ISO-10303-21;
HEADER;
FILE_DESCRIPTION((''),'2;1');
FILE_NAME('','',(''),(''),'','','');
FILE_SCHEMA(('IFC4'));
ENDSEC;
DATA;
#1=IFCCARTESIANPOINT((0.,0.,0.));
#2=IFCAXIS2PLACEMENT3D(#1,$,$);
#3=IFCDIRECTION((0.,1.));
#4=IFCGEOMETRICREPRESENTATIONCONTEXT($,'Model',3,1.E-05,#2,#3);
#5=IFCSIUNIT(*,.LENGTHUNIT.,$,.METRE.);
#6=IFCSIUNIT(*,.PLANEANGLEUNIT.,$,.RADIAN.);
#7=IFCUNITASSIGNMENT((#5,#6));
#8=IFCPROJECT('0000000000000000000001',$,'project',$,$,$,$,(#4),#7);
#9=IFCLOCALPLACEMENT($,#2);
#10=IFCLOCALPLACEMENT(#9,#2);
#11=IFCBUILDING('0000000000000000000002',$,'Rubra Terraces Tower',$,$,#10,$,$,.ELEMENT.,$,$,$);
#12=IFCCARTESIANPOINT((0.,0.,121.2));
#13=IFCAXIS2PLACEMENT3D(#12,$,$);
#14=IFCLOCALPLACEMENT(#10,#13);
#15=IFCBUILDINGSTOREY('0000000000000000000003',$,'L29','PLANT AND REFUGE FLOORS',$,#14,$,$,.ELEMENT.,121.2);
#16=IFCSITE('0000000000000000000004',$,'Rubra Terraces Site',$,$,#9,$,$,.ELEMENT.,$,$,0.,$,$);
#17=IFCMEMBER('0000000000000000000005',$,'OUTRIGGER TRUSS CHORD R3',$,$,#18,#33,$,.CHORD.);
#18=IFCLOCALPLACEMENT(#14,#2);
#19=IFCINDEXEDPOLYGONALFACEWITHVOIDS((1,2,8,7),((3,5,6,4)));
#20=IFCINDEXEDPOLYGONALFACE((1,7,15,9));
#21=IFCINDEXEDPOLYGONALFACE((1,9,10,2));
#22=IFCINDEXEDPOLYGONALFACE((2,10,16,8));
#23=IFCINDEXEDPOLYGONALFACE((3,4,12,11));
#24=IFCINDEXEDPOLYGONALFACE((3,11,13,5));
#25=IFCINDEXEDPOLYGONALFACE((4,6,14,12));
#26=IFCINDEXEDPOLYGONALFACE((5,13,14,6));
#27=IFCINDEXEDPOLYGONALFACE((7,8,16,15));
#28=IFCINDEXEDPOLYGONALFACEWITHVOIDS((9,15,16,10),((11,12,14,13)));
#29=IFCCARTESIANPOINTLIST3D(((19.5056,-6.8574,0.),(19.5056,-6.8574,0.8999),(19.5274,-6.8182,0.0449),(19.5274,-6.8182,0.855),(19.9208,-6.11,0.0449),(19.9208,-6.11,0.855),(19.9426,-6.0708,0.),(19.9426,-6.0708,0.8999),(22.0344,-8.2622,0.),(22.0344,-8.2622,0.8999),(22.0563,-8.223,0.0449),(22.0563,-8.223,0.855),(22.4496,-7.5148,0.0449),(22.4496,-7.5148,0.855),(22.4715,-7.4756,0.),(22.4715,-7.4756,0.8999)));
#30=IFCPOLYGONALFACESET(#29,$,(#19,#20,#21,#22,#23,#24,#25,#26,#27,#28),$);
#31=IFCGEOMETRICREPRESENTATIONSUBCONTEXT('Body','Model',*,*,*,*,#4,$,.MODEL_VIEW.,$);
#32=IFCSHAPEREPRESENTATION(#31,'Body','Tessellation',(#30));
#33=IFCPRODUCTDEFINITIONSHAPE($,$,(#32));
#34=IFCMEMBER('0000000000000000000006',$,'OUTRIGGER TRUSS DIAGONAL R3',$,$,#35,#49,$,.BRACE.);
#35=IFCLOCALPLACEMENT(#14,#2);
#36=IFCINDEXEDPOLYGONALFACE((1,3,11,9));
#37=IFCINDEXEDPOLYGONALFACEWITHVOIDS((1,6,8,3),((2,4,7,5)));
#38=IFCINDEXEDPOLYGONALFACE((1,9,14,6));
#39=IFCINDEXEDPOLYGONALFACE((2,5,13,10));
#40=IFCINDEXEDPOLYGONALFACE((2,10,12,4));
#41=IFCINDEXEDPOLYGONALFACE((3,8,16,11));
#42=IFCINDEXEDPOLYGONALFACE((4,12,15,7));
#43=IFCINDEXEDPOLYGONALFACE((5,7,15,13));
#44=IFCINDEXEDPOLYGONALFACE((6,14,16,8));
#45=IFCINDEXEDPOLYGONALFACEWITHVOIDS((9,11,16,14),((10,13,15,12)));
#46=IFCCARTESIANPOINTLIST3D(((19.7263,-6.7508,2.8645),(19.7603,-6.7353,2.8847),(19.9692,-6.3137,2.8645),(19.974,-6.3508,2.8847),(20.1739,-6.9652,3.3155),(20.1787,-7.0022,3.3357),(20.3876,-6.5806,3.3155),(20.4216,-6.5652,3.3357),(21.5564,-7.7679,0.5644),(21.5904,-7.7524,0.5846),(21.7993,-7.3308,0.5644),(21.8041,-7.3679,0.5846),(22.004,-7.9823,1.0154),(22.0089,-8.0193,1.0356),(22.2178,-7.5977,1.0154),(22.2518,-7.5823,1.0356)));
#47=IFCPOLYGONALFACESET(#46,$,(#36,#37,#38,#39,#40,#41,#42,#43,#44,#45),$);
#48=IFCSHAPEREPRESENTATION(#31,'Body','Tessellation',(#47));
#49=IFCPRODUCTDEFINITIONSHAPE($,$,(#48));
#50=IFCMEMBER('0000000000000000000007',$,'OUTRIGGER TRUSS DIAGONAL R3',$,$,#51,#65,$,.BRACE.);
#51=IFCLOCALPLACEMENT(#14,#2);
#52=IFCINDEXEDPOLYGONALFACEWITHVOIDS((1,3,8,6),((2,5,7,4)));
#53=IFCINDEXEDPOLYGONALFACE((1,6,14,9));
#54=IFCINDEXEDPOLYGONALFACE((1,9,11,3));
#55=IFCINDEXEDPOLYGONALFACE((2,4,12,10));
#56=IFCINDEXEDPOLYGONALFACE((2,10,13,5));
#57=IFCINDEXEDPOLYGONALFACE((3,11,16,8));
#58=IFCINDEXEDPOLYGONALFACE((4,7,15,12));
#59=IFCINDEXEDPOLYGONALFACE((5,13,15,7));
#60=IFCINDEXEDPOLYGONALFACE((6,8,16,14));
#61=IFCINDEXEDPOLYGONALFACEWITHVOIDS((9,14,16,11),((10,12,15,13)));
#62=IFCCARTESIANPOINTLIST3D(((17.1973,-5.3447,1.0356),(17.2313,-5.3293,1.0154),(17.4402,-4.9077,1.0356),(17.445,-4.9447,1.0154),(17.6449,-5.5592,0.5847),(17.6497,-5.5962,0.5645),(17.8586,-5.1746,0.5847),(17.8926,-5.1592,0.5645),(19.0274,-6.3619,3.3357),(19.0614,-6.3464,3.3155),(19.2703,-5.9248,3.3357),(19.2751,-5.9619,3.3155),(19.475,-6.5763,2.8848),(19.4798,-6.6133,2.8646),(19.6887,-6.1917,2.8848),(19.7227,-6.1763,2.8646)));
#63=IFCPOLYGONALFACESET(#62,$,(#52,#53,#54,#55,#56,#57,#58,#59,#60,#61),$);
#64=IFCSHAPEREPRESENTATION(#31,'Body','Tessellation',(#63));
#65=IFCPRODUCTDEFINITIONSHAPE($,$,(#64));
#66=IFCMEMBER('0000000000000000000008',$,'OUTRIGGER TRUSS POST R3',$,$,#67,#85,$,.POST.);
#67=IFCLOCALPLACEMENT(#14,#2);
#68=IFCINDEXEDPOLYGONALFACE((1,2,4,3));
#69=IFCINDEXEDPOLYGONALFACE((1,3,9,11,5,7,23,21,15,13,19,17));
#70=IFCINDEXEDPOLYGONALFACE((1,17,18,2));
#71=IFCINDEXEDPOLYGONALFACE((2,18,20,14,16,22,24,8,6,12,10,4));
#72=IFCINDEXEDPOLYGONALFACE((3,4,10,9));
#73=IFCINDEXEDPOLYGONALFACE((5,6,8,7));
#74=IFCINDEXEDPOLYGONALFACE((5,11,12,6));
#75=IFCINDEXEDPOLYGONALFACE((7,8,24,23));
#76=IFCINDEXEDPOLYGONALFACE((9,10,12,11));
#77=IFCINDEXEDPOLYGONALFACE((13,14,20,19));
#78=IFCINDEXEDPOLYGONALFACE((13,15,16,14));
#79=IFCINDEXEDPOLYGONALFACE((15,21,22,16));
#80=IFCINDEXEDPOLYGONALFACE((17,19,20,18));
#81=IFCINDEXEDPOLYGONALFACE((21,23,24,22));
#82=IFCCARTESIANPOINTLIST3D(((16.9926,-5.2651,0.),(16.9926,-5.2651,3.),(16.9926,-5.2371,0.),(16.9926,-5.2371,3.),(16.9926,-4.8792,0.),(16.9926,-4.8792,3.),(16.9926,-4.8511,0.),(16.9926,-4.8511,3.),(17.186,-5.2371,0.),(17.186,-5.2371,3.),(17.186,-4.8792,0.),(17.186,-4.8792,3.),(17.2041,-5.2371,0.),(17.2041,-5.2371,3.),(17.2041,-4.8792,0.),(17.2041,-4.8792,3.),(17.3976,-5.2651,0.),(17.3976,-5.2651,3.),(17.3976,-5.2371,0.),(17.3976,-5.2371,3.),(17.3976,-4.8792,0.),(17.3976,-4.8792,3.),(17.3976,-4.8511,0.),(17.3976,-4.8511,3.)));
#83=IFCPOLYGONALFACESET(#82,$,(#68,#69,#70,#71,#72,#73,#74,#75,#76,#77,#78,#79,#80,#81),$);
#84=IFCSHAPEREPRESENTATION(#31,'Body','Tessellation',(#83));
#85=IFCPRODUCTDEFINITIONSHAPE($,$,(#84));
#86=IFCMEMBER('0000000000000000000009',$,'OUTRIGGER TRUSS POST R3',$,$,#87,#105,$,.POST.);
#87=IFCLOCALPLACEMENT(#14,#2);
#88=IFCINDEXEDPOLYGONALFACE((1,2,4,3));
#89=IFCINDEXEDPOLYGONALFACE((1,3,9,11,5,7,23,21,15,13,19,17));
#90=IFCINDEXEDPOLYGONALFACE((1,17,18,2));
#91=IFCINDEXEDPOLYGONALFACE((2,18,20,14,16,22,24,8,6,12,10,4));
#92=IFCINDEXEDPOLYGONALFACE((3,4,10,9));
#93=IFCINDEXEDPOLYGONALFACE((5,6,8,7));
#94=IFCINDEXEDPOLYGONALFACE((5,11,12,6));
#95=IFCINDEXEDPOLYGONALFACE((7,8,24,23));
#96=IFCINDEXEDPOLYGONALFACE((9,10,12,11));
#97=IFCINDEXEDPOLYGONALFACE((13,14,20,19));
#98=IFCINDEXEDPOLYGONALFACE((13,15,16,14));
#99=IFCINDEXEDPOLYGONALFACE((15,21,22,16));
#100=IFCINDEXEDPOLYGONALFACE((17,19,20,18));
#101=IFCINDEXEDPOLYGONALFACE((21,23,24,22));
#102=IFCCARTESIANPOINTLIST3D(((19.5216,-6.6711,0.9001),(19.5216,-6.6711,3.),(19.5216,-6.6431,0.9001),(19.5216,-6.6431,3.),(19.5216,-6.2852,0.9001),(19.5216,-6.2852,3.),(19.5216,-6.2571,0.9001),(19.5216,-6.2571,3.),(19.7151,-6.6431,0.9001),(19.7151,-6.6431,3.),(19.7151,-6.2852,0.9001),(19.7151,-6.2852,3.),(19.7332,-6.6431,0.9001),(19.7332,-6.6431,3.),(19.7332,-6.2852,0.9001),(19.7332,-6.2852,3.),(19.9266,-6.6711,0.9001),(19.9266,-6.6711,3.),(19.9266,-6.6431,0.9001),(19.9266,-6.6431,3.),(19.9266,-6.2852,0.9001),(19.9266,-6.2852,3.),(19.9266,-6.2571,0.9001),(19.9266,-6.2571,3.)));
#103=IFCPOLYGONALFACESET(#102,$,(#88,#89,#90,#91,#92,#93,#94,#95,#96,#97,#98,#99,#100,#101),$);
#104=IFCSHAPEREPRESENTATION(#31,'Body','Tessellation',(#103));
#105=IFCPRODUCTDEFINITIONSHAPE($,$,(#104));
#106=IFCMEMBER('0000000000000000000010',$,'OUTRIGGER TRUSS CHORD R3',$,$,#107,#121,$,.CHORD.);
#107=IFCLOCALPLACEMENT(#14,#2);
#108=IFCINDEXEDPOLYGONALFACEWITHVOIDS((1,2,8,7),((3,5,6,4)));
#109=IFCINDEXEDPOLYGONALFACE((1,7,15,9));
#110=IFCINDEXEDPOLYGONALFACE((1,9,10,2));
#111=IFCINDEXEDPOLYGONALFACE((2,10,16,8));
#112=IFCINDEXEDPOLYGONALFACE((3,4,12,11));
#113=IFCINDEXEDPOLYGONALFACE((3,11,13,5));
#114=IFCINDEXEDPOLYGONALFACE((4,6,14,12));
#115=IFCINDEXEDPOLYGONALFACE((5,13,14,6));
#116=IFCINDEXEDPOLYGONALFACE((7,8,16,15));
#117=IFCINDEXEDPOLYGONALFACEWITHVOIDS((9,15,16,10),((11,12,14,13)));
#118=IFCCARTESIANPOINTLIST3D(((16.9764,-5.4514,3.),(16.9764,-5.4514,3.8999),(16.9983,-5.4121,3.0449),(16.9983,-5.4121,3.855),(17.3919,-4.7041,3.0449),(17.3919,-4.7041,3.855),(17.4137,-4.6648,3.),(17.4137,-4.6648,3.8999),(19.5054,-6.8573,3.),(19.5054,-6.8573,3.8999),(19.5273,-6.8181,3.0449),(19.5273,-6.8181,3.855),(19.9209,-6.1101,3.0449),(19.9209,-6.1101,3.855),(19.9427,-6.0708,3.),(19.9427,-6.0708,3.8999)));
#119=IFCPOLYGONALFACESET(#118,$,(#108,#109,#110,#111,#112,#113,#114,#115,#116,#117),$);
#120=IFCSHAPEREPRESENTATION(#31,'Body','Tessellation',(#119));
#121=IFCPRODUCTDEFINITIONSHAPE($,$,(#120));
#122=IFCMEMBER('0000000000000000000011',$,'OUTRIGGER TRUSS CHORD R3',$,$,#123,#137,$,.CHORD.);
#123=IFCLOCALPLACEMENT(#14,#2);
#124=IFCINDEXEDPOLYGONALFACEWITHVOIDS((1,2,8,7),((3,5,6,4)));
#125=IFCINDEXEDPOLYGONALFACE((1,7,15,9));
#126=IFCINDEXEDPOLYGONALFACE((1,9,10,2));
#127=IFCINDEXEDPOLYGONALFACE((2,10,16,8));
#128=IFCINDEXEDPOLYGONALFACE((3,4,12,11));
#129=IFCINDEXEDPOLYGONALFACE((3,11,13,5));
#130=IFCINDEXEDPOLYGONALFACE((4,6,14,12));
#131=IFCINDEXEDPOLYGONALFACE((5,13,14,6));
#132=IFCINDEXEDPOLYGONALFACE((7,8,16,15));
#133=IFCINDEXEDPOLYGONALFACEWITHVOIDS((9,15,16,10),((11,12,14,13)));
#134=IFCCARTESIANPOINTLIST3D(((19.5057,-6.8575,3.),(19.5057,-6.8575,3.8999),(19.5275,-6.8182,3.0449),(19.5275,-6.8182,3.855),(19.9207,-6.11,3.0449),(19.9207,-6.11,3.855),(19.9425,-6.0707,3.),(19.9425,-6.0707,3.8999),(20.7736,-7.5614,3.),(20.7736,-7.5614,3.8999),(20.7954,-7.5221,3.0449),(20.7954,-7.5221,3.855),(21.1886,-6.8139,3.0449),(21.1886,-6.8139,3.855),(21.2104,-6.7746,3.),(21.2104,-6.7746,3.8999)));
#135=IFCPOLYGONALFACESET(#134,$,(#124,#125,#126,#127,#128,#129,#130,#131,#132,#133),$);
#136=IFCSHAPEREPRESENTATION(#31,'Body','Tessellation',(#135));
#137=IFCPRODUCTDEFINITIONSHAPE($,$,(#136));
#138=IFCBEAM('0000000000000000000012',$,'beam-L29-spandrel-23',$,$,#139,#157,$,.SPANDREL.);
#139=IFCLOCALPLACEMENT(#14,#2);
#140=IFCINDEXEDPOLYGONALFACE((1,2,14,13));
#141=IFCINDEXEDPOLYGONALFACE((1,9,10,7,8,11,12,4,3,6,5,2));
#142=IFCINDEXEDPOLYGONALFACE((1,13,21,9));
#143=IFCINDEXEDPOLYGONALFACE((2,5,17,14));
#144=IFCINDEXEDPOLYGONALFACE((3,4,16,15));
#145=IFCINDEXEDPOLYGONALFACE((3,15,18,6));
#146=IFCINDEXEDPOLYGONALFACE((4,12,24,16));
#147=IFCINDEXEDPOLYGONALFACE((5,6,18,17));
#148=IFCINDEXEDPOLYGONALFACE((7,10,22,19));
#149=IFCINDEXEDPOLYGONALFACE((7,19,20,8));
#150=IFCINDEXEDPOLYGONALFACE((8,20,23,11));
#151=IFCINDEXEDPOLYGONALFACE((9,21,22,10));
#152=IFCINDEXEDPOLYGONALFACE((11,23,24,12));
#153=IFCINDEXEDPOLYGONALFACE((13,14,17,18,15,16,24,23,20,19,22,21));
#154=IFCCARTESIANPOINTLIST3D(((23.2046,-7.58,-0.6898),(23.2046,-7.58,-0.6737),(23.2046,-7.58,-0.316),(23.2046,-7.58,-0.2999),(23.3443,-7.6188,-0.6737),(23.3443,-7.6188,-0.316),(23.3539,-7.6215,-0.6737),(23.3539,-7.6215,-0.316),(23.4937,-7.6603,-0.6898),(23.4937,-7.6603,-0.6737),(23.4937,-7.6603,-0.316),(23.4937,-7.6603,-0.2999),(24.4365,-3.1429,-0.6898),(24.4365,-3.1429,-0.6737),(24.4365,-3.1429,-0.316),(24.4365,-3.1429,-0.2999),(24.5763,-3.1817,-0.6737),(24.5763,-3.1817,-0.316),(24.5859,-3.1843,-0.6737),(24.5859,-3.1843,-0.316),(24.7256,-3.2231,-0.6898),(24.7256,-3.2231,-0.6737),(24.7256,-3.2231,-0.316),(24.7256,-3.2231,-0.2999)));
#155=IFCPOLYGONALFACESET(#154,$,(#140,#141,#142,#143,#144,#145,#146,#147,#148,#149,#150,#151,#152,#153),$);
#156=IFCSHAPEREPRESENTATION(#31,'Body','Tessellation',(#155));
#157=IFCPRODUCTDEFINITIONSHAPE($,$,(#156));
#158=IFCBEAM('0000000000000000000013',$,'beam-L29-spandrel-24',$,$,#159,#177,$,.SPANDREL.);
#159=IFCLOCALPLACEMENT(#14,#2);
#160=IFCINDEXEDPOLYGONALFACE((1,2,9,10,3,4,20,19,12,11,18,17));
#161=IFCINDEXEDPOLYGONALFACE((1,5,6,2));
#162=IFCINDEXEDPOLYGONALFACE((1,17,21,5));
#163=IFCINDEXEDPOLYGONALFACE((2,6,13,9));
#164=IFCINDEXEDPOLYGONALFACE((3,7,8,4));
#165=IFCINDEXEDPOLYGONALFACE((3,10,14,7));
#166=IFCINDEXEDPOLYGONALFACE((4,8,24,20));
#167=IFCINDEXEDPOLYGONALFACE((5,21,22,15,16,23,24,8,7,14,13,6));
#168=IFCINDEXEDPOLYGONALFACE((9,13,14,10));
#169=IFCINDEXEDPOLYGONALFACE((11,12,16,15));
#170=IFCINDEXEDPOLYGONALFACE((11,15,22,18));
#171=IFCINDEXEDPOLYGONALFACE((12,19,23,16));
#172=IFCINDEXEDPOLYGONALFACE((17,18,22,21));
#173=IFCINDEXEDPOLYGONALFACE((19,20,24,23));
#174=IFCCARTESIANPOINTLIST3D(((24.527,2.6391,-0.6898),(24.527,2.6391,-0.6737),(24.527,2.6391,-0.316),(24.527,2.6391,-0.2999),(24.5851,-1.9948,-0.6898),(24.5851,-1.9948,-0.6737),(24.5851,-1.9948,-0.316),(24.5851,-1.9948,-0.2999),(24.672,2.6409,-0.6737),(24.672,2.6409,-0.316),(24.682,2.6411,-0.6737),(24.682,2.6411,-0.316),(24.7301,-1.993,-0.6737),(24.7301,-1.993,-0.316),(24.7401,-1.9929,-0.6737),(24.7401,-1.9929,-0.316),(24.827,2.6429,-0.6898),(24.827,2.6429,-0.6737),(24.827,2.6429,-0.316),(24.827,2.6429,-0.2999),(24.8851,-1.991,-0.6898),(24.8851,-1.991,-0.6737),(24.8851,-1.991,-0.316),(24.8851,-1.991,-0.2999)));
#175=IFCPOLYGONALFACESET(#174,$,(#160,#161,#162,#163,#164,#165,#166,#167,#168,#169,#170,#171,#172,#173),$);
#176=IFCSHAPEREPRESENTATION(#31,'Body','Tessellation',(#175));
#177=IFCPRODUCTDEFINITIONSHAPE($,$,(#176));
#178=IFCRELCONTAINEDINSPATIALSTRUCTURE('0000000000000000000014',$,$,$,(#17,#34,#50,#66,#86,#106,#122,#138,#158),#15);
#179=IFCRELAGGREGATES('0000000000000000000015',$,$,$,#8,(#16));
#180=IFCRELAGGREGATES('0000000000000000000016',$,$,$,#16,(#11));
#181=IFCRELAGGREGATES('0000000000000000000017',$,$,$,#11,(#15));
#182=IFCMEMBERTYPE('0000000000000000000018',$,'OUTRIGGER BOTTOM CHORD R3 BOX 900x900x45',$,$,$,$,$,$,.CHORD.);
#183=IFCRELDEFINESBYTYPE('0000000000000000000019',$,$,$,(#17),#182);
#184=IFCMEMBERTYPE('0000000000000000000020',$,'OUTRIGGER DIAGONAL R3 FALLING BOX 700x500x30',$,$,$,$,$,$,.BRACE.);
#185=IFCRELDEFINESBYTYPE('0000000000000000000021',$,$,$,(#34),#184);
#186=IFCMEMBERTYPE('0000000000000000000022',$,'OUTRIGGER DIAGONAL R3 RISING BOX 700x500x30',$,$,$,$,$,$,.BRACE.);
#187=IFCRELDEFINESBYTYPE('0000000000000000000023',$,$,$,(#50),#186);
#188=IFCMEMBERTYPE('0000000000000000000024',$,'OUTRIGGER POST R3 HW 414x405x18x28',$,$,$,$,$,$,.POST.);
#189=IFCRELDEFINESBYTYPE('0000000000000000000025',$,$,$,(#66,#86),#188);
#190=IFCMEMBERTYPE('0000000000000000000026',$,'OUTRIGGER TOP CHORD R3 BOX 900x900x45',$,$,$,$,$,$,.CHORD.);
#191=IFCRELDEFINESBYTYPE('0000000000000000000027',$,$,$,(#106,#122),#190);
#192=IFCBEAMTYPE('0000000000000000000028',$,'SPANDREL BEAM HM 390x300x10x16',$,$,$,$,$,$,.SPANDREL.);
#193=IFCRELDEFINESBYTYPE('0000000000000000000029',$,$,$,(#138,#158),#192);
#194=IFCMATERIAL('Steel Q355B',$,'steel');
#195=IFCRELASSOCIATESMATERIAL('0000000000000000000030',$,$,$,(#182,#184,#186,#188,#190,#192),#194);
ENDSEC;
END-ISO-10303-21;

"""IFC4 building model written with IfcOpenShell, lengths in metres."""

from ifc_helpers import new_model, si_unit, direction, frame, origin, origin_2d, place, context, subcontext, project, spatial, hollow_rectangle, i_section, extrude, material, material_profile, profile_set, type_object, element, save


model = new_model("IFC4")

# Units and contexts
model_context = context("Model", 3, precision=1e-05, world=origin(), true_north=direction((0.0, 1.0)))
body_context = subcontext(model_context, "Body", "Model", "MODEL_VIEW")
ifc_project = project(units=[si_unit("LENGTHUNIT", "METRE"), si_unit("PLANEANGLEUNIT", "RADIAN")], contexts=[model_context])

# Site, building, storey
site_placement = place(None, origin())
site = spatial("IfcSite", under=ifc_project, at=site_placement, Name="Rubra Terraces Site", CompositionType="ELEMENT", RefElevation=0.0)
building_placement = place(site_placement, origin())
building = spatial("IfcBuilding", under=site, at=building_placement, Name="Rubra Terraces Tower", CompositionType="ELEMENT")
storey_placement = place(building_placement, frame((0.0, 0.0, 121.2)))
storey = spatial("IfcBuildingStorey", under=building, at=storey_placement, Name="L29", Description="PLANT AND REFUGE FLOORS", CompositionType="ELEMENT", Elevation=121.2)

# Shared definitions
ifc_material_1 = material(Name="Steel Q355B", Category="steel")

# Members
ifc_material_profile_1 = material_profile(ifc_material_1, hollow_rectangle(XDim=0.8999, YDim=0.8999, WallThickness=0.0449, at=origin_2d()), Name="BOX 900x900x45")
ifc_profile_set_1 = profile_set([ifc_material_profile_1], Name="Steel Q355B")
member_type_1 = type_object("IfcMemberType", Name="OUTRIGGER BOTTOM CHORD R3 BOX 900x900x45", PredefinedType="CHORD", material=ifc_profile_set_1)
member_1_placement = place(storey_placement, frame((19.7241, -6.4641, 0.45), z_axis=(0.874173, -0.485614, 0.0), x_axis=(0.485614, 0.874173, 0.0)))
element("IfcMember", 1, at=member_1_placement, inside=storey, type_object=member_type_1, Name="OUTRIGGER TRUSS CHORD R3", PredefinedType="CHORD", context=body_context, shape_type="SweptSolid", body=[
    extrude(hollow_rectangle(XDim=0.8999, YDim=0.8999, WallThickness=0.0449, at=origin_2d()), origin(), (0.0, 0.0, 1.0), 2.8928),
])
ifc_material_profile_2 = material_profile(ifc_material_1, hollow_rectangle(XDim=0.5, YDim=0.7, WallThickness=0.03, at=origin_2d()), Name="BOX 700x500x30")
ifc_profile_set_2 = profile_set([ifc_material_profile_2], Name="Steel Q355B")
member_type_2 = type_object("IfcMemberType", Name="OUTRIGGER DIAGONAL R3 FALLING BOX 700x500x30", PredefinedType="BRACE", material=ifc_profile_set_2)
member_2_placement = place(storey_placement, frame((20.074, -6.658, 3.1001), z_axis=(0.588395, -0.327008, -0.739497), x_axis=(0.485782, 0.87408, 0.0)))
element("IfcMember", 2, at=member_2_placement, inside=storey, type_object=member_type_2, Name="OUTRIGGER TRUSS DIAGONAL R3", PredefinedType="BRACE", context=body_context, shape_type="SweptSolid", body=[
    extrude(hollow_rectangle(XDim=0.5, YDim=0.7, WallThickness=0.03, at=origin_2d()), origin(), (0.0, 0.0, 1.0), 3.1104),
])
ifc_material_profile_3 = material_profile(ifc_material_1, hollow_rectangle(XDim=0.5, YDim=0.7, WallThickness=0.03, at=origin_2d()), Name="BOX 700x500x30")
ifc_profile_set_3 = profile_set([ifc_material_profile_3], Name="Steel Q355B")
member_type_3 = type_object("IfcMemberType", Name="OUTRIGGER DIAGONAL R3 RISING BOX 700x500x30", PredefinedType="BRACE", material=ifc_profile_set_3)
member_3_placement = place(storey_placement, frame((17.5449, -5.252, 0.8), z_axis=(0.588395, -0.327008, 0.739497), x_axis=(0.485782, 0.87408, 0.0)))
element("IfcMember", 3, at=member_3_placement, inside=storey, type_object=member_type_3, Name="OUTRIGGER TRUSS DIAGONAL R3", PredefinedType="BRACE", context=body_context, shape_type="SweptSolid", body=[
    extrude(hollow_rectangle(XDim=0.5, YDim=0.7, WallThickness=0.03, at=origin_2d()), origin(), (0.0, 0.0, 1.0), 3.1104),
])
ifc_material_profile_4 = material_profile(ifc_material_1, i_section(OverallWidth=0.405, OverallDepth=0.4141, WebThickness=0.0181, FlangeThickness=0.0281, at=origin_2d()), Name="HW 414x405x18x28")
ifc_profile_set_4 = profile_set([ifc_material_profile_4], Name="Steel Q355B")
member_type_4 = type_object("IfcMemberType", Name="OUTRIGGER POST R3 HW 414x405x18x28", PredefinedType="POST", material=ifc_profile_set_4)
member_4_placement = place(storey_placement, frame((17.1951, -5.0581, 0.0), z_axis=(0.0, 0.0, 1.0), x_axis=(1.0, 0.0, 0.0)))
element("IfcMember", 4, at=member_4_placement, inside=storey, type_object=member_type_4, Name="OUTRIGGER TRUSS POST R3", PredefinedType="POST", context=body_context, shape_type="SweptSolid", body=[
    extrude(i_section(OverallWidth=0.405, OverallDepth=0.4141, WebThickness=0.0181, FlangeThickness=0.0281, at=origin_2d()), origin(), (0.0, 0.0, 1.0), 3.0),
])
member_5_placement = place(storey_placement, frame((19.7241, -6.4641, 0.9001), z_axis=(0.0, 0.0, 1.0), x_axis=(1.0, 0.0, 0.0)))
element("IfcMember", 5, at=member_5_placement, inside=storey, type_object=member_type_4, Name="OUTRIGGER TRUSS POST R3", PredefinedType="POST", context=body_context, shape_type="SweptSolid", body=[
    extrude(i_section(OverallWidth=0.405, OverallDepth=0.4141, WebThickness=0.0181, FlangeThickness=0.0281, at=origin_2d()), origin(), (0.0, 0.0, 1.0), 2.0999),
])
ifc_material_profile_5 = material_profile(ifc_material_1, hollow_rectangle(XDim=0.8999, YDim=0.8999, WallThickness=0.0449, at=origin_2d()), Name="BOX 900x900x45")
ifc_profile_set_5 = profile_set([ifc_material_profile_5], Name="Steel Q355B")
member_type_5 = type_object("IfcMemberType", Name="OUTRIGGER TOP CHORD R3 BOX 900x900x45", PredefinedType="CHORD", material=ifc_profile_set_5)
member_6_placement = place(storey_placement, frame((17.1951, -5.0581, 3.45), z_axis=(0.874014, -0.485901, 0.0), x_axis=(0.485901, 0.874014, 0.0)))
element("IfcMember", 6, at=member_6_placement, inside=storey, type_object=member_type_5, Name="OUTRIGGER TRUSS CHORD R3", PredefinedType="CHORD", context=body_context, shape_type="SweptSolid", body=[
    extrude(hollow_rectangle(XDim=0.8999, YDim=0.8999, WallThickness=0.0449, at=origin_2d()), origin(), (0.0, 0.0, 1.0), 2.8936),
])
member_7_placement = place(storey_placement, frame((19.7241, -6.4641, 3.45), z_axis=(0.8743, -0.485386, 0.0), x_axis=(0.485386, 0.8743, 0.0)))
element("IfcMember", 7, at=member_7_placement, inside=storey, type_object=member_type_5, Name="OUTRIGGER TRUSS CHORD R3", PredefinedType="CHORD", context=body_context, shape_type="SweptSolid", body=[
    extrude(hollow_rectangle(XDim=0.8999, YDim=0.8999, WallThickness=0.0449, at=origin_2d()), origin(), (0.0, 0.0, 1.0), 1.4502),
])

# Beams
ifc_material_profile_6 = material_profile(ifc_material_1, i_section(OverallWidth=0.3, OverallDepth=0.3899, WebThickness=0.01, FlangeThickness=0.0161, at=origin_2d()), Name="HM 390x300x10x16")
ifc_profile_set_6 = profile_set([ifc_material_profile_6], Name="Steel Q355B")
beam_type_1 = type_object("IfcBeamType", Name="SPANDREL BEAM HM 390x300x10x16", PredefinedType="SPANDREL", material=ifc_profile_set_6)
beam_1_placement = place(storey_placement, frame((23.3491, -7.6201, -0.4949), z_axis=(0.267529, 0.96355, 0.0), x_axis=(-0.96355, 0.267529, 0.0)))
element("IfcBeam", 8, at=beam_1_placement, inside=storey, type_object=beam_type_1, Name="beam-L29-spandrel-23", PredefinedType="SPANDREL", context=body_context, shape_type="SweptSolid", body=[
    extrude(i_section(OverallWidth=0.3, OverallDepth=0.3899, WebThickness=0.01, FlangeThickness=0.0161, at=origin_2d()), origin(), (0.0, 0.0, 1.0), 4.605),
])
beam_2_placement = place(storey_placement, frame((24.7351, -1.9929, -0.4949), z_axis=(-0.012538, 0.999921, 0.0), x_axis=(-0.999921, -0.012538, 0.0)))
element("IfcBeam", 9, at=beam_2_placement, inside=storey, type_object=beam_type_1, Name="beam-L29-spandrel-24", PredefinedType="SPANDREL", context=body_context, shape_type="SweptSolid", body=[
    extrude(i_section(OverallWidth=0.3, OverallDepth=0.3899, WebThickness=0.01, FlangeThickness=0.0161, at=origin_2d()), origin(), (0.0, 0.0, 1.0), 4.6343),
])

save(model, "model.ifc")
